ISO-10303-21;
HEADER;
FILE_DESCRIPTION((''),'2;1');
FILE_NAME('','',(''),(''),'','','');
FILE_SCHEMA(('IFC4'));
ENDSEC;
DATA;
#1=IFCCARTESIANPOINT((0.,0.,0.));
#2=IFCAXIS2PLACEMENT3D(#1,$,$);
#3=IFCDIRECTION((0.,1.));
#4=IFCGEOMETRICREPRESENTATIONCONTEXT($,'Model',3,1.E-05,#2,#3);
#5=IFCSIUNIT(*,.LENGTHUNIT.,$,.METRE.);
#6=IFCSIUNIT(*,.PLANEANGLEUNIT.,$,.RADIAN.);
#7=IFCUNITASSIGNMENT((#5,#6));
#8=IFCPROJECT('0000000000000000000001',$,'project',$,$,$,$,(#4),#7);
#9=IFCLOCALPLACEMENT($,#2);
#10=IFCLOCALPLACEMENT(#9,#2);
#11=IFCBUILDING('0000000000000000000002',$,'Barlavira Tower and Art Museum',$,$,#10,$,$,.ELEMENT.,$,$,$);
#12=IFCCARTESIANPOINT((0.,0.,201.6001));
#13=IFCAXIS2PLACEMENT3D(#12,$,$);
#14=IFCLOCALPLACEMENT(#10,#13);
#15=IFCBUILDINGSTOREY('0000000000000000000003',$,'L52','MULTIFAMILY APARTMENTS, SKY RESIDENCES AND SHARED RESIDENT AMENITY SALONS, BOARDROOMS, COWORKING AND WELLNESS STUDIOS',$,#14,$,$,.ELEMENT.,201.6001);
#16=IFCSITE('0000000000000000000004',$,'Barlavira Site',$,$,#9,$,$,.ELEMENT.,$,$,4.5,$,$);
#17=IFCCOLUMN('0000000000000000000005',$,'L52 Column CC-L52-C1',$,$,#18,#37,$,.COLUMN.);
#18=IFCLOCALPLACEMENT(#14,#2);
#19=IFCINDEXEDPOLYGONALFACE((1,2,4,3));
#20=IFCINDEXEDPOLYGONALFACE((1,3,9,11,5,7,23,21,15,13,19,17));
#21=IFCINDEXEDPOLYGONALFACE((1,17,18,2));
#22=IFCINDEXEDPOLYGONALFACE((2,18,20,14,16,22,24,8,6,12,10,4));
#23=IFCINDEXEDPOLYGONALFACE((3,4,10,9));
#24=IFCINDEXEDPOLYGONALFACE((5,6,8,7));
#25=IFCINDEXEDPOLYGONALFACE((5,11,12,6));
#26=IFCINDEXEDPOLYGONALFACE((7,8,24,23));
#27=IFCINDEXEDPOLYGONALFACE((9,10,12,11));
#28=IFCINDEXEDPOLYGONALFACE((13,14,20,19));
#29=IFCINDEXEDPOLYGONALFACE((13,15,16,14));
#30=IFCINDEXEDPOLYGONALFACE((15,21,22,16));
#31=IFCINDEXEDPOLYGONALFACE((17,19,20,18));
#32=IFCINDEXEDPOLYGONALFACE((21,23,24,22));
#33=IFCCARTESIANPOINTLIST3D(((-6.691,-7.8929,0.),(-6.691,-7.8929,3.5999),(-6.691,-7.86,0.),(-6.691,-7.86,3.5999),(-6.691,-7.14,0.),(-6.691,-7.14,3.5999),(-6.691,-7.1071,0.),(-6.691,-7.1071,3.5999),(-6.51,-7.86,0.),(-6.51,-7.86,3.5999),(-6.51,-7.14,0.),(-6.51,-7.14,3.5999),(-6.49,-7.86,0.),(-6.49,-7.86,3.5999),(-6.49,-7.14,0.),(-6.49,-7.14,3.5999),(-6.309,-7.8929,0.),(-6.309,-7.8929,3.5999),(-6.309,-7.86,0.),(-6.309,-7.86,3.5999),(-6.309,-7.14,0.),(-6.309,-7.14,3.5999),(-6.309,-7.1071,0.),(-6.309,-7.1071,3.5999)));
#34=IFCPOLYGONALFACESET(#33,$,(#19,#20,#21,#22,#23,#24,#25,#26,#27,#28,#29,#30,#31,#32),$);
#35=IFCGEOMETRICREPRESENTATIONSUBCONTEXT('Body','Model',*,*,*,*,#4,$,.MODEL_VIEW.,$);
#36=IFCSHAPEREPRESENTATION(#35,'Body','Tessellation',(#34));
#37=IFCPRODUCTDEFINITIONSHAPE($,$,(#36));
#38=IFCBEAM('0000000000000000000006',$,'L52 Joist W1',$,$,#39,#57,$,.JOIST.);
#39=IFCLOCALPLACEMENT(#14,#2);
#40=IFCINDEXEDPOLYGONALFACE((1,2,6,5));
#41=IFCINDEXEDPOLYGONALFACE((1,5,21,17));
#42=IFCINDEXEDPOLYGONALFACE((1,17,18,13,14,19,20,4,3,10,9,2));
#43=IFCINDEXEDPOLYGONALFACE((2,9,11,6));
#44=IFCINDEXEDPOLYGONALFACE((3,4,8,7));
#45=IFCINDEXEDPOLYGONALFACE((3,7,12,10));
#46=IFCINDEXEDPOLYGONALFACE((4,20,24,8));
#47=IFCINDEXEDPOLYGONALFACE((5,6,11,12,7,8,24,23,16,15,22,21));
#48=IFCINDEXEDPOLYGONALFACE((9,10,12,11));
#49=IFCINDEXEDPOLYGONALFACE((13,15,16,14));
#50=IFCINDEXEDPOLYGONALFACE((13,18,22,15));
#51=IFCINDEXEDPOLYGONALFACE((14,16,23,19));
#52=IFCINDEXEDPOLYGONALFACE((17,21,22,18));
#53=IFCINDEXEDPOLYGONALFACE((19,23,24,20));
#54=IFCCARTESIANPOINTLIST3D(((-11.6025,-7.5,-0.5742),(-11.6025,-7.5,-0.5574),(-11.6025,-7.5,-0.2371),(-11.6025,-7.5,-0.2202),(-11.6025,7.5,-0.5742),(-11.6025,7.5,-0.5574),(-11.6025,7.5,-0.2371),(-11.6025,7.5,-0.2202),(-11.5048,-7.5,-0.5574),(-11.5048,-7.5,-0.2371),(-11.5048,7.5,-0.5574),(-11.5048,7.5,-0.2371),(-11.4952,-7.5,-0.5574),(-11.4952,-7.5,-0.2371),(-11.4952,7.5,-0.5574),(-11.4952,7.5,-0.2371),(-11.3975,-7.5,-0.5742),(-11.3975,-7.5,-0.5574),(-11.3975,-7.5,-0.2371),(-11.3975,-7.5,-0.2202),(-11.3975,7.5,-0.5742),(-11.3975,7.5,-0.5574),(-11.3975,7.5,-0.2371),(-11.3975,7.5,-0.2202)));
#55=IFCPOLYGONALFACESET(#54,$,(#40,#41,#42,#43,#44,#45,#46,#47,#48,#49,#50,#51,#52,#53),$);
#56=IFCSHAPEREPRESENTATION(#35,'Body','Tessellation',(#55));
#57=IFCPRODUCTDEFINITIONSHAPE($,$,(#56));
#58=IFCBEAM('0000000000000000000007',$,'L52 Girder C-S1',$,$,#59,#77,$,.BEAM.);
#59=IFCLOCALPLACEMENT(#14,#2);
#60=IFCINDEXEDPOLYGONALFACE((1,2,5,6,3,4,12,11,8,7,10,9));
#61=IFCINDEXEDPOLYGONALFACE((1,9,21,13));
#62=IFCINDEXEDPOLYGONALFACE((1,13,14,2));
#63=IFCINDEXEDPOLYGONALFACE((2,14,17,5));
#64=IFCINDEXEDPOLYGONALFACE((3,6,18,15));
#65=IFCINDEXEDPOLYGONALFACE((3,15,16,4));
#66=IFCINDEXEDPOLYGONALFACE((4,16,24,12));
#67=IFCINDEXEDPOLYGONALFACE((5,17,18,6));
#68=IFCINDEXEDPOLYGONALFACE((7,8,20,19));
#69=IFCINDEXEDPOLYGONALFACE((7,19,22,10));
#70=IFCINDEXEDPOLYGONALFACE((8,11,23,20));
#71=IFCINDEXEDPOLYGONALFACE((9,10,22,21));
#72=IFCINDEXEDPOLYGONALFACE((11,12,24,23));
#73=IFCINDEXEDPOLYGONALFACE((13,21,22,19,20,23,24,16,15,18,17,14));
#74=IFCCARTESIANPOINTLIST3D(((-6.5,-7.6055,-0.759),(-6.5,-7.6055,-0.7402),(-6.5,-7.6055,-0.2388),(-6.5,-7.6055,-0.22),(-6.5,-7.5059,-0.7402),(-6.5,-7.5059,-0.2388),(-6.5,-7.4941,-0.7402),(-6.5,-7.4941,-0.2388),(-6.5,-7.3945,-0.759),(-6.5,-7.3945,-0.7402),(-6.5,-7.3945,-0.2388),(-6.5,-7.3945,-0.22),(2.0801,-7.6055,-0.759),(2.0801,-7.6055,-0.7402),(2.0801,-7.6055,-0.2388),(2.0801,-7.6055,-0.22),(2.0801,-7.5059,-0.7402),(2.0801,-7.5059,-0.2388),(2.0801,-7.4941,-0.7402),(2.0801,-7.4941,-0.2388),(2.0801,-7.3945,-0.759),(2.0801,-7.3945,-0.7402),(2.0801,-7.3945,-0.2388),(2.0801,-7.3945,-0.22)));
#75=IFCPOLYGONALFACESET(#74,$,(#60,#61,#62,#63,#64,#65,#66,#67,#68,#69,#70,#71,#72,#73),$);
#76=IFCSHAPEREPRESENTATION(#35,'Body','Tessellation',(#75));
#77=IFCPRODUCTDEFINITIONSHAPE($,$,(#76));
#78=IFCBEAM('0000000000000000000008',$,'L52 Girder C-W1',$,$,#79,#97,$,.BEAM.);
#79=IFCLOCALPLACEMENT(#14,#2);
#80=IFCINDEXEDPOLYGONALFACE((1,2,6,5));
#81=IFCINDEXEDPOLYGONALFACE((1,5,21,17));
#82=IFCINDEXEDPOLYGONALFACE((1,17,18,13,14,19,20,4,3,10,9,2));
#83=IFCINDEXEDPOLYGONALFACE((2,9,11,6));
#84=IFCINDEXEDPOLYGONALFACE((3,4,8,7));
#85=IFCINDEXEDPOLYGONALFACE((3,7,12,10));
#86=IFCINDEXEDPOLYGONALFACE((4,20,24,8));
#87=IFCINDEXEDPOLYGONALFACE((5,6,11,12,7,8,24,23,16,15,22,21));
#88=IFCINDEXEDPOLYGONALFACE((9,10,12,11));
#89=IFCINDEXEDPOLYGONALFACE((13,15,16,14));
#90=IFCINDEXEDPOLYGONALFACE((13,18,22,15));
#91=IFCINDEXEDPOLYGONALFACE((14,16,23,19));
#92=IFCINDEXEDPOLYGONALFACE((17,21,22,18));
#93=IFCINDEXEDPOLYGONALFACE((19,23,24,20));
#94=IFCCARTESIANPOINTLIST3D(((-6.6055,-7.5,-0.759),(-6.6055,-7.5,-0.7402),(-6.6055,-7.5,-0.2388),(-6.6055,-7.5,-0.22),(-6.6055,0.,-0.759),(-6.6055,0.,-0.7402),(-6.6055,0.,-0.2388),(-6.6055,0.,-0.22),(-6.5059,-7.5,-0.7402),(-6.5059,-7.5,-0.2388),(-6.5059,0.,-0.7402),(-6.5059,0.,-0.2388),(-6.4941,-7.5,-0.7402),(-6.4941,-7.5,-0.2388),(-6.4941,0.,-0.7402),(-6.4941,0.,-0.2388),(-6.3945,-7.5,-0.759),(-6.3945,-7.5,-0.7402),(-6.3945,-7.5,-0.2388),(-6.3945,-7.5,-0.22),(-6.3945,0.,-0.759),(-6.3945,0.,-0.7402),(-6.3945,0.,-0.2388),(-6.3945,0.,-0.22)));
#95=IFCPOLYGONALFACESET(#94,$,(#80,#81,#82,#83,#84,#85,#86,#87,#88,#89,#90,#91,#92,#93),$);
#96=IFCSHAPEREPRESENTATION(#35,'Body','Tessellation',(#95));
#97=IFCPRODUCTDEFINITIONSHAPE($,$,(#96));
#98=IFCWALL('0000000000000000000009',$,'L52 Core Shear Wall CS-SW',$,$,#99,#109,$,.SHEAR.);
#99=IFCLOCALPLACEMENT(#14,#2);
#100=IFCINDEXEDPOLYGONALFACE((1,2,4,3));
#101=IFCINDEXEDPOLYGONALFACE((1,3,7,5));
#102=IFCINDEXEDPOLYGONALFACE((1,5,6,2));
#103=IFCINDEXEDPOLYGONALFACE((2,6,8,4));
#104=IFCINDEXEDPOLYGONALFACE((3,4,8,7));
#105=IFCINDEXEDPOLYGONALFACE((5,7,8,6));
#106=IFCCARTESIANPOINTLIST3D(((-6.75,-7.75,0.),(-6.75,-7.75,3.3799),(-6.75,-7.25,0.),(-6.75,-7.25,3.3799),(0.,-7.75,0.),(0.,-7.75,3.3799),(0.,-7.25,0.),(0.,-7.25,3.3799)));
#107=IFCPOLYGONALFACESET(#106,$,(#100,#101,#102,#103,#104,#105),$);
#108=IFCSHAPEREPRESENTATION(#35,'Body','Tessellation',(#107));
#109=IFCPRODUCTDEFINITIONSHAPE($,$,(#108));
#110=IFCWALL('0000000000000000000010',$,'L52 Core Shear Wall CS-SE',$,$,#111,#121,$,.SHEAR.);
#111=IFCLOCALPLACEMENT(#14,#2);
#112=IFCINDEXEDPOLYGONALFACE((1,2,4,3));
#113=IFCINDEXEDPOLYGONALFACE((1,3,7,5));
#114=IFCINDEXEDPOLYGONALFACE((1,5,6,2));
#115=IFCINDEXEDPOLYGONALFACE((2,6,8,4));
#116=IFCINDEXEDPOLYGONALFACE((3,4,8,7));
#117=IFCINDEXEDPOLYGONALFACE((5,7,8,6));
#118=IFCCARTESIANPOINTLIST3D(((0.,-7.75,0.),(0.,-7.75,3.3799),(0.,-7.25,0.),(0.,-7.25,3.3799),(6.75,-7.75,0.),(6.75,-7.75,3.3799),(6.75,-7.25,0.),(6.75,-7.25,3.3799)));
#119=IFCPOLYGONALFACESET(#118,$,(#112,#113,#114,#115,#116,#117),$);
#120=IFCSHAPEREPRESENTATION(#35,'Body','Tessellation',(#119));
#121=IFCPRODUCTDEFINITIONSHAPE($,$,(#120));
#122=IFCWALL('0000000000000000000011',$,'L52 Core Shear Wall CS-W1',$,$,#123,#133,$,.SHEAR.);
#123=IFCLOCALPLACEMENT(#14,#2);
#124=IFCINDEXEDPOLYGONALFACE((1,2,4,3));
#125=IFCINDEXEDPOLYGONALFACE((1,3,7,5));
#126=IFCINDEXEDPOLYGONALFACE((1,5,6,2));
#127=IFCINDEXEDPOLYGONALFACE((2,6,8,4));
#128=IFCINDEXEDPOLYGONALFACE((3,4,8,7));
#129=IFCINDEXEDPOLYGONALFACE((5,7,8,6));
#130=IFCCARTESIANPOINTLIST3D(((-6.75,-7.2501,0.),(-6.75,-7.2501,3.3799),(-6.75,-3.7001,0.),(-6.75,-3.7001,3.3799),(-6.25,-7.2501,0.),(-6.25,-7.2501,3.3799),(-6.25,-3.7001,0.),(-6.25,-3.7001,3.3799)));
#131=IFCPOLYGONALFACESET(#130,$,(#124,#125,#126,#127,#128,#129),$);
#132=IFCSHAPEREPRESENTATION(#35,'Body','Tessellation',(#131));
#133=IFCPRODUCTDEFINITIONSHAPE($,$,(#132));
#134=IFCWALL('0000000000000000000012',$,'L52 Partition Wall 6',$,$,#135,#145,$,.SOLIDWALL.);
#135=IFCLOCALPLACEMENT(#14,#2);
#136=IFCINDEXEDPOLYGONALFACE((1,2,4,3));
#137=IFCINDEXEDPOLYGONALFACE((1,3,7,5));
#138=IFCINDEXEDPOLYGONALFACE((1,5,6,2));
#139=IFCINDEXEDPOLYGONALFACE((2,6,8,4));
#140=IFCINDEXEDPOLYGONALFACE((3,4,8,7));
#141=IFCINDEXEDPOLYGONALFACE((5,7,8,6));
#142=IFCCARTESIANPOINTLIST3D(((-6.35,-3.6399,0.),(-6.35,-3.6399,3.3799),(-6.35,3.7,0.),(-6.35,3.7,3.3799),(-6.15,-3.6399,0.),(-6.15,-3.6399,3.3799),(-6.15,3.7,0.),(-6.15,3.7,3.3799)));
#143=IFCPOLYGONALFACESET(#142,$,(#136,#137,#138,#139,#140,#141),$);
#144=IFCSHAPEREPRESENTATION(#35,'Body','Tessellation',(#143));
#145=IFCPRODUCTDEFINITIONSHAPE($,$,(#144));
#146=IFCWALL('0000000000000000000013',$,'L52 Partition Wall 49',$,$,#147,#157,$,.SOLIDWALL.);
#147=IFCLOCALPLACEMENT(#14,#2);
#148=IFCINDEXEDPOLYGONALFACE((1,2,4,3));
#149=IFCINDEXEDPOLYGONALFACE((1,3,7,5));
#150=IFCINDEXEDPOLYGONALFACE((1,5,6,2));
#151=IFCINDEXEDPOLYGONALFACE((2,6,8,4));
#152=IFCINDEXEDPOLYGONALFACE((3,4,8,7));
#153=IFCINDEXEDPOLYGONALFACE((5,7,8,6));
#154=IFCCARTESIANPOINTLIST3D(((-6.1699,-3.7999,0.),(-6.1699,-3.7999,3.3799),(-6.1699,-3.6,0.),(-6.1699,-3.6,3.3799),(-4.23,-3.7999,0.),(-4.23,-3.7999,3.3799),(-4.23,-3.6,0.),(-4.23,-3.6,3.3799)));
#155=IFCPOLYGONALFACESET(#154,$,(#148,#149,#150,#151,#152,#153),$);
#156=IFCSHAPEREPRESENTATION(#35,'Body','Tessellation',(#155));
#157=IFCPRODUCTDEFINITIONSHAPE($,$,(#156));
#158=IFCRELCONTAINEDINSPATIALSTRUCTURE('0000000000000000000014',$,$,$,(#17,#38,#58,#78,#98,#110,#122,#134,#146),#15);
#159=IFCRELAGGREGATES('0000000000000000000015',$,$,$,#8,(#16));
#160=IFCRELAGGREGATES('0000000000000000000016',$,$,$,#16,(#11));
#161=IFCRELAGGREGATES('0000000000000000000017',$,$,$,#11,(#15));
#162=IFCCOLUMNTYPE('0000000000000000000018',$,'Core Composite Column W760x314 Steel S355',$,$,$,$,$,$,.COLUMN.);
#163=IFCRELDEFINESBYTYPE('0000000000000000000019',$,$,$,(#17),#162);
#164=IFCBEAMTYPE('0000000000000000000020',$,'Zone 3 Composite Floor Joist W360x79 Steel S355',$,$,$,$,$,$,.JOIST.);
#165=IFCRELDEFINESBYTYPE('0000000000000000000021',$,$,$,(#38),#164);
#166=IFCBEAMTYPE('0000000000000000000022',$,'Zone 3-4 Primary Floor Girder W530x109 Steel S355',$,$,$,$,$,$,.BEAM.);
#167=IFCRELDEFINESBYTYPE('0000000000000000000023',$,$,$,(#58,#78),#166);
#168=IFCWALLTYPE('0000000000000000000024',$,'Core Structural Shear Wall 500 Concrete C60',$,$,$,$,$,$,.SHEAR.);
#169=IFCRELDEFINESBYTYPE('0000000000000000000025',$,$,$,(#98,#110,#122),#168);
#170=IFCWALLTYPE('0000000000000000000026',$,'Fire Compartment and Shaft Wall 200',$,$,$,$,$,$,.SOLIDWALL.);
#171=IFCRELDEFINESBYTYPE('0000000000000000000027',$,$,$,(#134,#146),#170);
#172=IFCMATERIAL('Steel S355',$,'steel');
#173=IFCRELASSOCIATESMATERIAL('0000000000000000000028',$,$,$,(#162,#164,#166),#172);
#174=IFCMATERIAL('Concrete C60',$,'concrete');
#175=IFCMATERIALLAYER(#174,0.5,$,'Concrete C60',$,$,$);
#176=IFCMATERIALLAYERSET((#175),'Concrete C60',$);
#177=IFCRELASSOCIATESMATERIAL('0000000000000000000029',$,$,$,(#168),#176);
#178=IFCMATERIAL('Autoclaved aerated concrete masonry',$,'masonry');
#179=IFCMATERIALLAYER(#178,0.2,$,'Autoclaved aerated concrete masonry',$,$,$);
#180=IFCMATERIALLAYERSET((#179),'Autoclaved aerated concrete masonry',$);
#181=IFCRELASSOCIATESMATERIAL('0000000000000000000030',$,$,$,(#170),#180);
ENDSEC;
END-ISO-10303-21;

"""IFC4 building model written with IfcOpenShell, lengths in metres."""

from ifc_helpers import new_model, si_unit, direction, frame, frame_2d, origin, origin_2d, place, context, subcontext, project, spatial, rectangle, i_section, extrude, material, layer, layer_set, material_profile, profile_set, type_object, element, save


model = new_model("IFC4")

# Units and contexts
model_context = context("Model", 3, precision=1e-05, world=origin(), true_north=direction((0.0, 1.0)))
body_context = subcontext(model_context, "Body", "Model", "MODEL_VIEW")
ifc_project = project(units=[si_unit("LENGTHUNIT", "METRE"), si_unit("PLANEANGLEUNIT", "RADIAN")], contexts=[model_context])

# Site, building, storey
site_placement = place(None, origin())
site = spatial("IfcSite", under=ifc_project, at=site_placement, Name="Barlavira Site", CompositionType="ELEMENT", RefElevation=4.5)
building_placement = place(site_placement, origin())
building = spatial("IfcBuilding", under=site, at=building_placement, Name="Barlavira Tower and Art Museum", CompositionType="ELEMENT")
storey_placement = place(building_placement, frame((0.0, 0.0, 201.6001)))
storey = spatial("IfcBuildingStorey", under=building, at=storey_placement, Name="L52", Description="MULTIFAMILY APARTMENTS, SKY RESIDENCES AND SHARED RESIDENT AMENITY SALONS, BOARDROOMS, COWORKING AND WELLNESS STUDIOS", CompositionType="ELEMENT", Elevation=201.6001)

# Column
ifc_material_1 = material(Name="Steel S355", Category="steel")
ifc_material_profile_1 = material_profile(ifc_material_1, i_section(OverallWidth=0.3821, OverallDepth=0.7859, WebThickness=0.02, FlangeThickness=0.033, at=origin_2d()), Name="W760x314.0")
ifc_profile_set_1 = profile_set([ifc_material_profile_1], Name="Steel S355")
column_type = type_object("IfcColumnType", Name="Core Composite Column W760x314 Steel S355", PredefinedType="COLUMN", material=ifc_profile_set_1)
column_placement = place(storey_placement, frame((-6.5, -7.5, 0.0), z_axis=(0.0, 0.0, 1.0), x_axis=(1.0, 0.0, 0.0)))
element("IfcColumn", 1, at=column_placement, inside=storey, type_object=column_type, Name="L52 Column CC-L52-C1", PredefinedType="COLUMN", context=body_context, shape_type="SweptSolid", body=[
    extrude(i_section(OverallWidth=0.3821, OverallDepth=0.7859, WebThickness=0.02, FlangeThickness=0.033, at=origin_2d()), origin(), (0.0, 0.0, 1.0), 3.5999),
])

# Beams
ifc_material_profile_2 = material_profile(ifc_material_1, i_section(OverallWidth=0.2051, OverallDepth=0.354, WebThickness=0.0095, FlangeThickness=0.0168, at=origin_2d()), Name="W360x79.0")
ifc_profile_set_2 = profile_set([ifc_material_profile_2], Name="Steel S355")
beam_type_1 = type_object("IfcBeamType", Name="Zone 3 Composite Floor Joist W360x79 Steel S355", PredefinedType="JOIST", material=ifc_profile_set_2)
beam_1_placement = place(storey_placement, frame((-11.5, -7.5, -0.3972), z_axis=(0.0, 1.0, 0.0), x_axis=(-1.0, 0.0, 0.0)))
element("IfcBeam", 2, at=beam_1_placement, inside=storey, type_object=beam_type_1, Name="L52 Joist W1", PredefinedType="JOIST", context=body_context, shape_type="SweptSolid", body=[
    extrude(i_section(OverallWidth=0.2051, OverallDepth=0.354, WebThickness=0.0095, FlangeThickness=0.0168, at=origin_2d()), origin(), (0.0, 0.0, 1.0), 15.0),
])
ifc_material_profile_3 = material_profile(ifc_material_1, i_section(OverallWidth=0.2109, OverallDepth=0.5391, WebThickness=0.0117, FlangeThickness=0.0188, at=origin_2d()), Name="W530x109.0")
ifc_profile_set_3 = profile_set([ifc_material_profile_3], Name="Steel S355")
beam_type_2 = type_object("IfcBeamType", Name="Zone 3-4 Primary Floor Girder W530x109 Steel S355", PredefinedType="BEAM", material=ifc_profile_set_3)
beam_2_placement = place(storey_placement, frame((-6.5, -7.5, -0.4895), z_axis=(1.0, 0.0, 0.0), x_axis=(0.0, 1.0, 0.0)))
element("IfcBeam", 3, at=beam_2_placement, inside=storey, type_object=beam_type_2, Name="L52 Girder C-S1", PredefinedType="BEAM", context=body_context, shape_type="SweptSolid", body=[
    extrude(i_section(OverallWidth=0.2109, OverallDepth=0.5391, WebThickness=0.0117, FlangeThickness=0.0188, at=origin_2d()), origin(), (0.0, 0.0, 1.0), 8.5801),
])
beam_3_placement = place(storey_placement, frame((-6.5, -7.5, -0.4895), z_axis=(0.0, 1.0, 0.0), x_axis=(-1.0, 0.0, 0.0)))
element("IfcBeam", 4, at=beam_3_placement, inside=storey, type_object=beam_type_2, Name="L52 Girder C-W1", PredefinedType="BEAM", context=body_context, shape_type="SweptSolid", body=[
    extrude(i_section(OverallWidth=0.2109, OverallDepth=0.5391, WebThickness=0.0117, FlangeThickness=0.0188, at=origin_2d()), origin(), (0.0, 0.0, 1.0), 7.5),
])

# Walls
ifc_material_2 = material(Name="Concrete C60", Category="concrete")
ifc_layer_1 = layer(ifc_material_2, 0.5, Name="Concrete C60")
ifc_layer_set_1 = layer_set([ifc_layer_1], Name="Concrete C60")
wall_type_1 = type_object("IfcWallType", Name="Core Structural Shear Wall 500 Concrete C60", PredefinedType="SHEAR", material=ifc_layer_set_1)
for number, where, z_axis, x_axis, name in (
    (5, (-6.75, -7.5, 0.0), (0.0, 0.0, 1.0), (1.0, 0.0, 0.0), "L52 Core Shear Wall CS-SW"),
    (6, (0.0, -7.5, 0.0), (0.0, 0.0, 1.0), (1.0, 0.0, 0.0), "L52 Core Shear Wall CS-SE"),
):
    element("IfcWall", number, at=place(storey_placement, frame(where, z_axis=z_axis, x_axis=x_axis)), inside=storey, type_object=wall_type_1, Name=name, PredefinedType="SHEAR", context=body_context, shape_type="SweptSolid", body=[
        extrude(rectangle(XDim=6.75, YDim=0.5, at=frame_2d((3.375, 0.0))), origin(), (0.0, 0.0, 1.0), 3.3799),
    ])
wall_1_placement = place(storey_placement, frame((-6.5, -7.25, 0.0), z_axis=(0.0, 0.0, 1.0), x_axis=(0.0, 1.0, 0.0)))
element("IfcWall", 7, at=wall_1_placement, inside=storey, type_object=wall_type_1, Name="L52 Core Shear Wall CS-W1", PredefinedType="SHEAR", context=body_context, shape_type="SweptSolid", body=[
    extrude(rectangle(XDim=3.55, YDim=0.5, at=frame_2d((1.7749, 0.0))), origin(), (0.0, 0.0, 1.0), 3.3799),
])
ifc_material_3 = material(Name="Autoclaved aerated concrete masonry", Category="masonry")
ifc_layer_2 = layer(ifc_material_3, 0.2, Name="Autoclaved aerated concrete masonry")
ifc_layer_set_2 = layer_set([ifc_layer_2], Name="Autoclaved aerated concrete masonry")
wall_type_2 = type_object("IfcWallType", Name="Fire Compartment and Shaft Wall 200", PredefinedType="SOLIDWALL", material=ifc_layer_set_2)
wall_2_placement = place(storey_placement, frame((-6.25, -3.6399, 0.0), z_axis=(0.0, 0.0, 1.0), x_axis=(0.0, 1.0, 0.0)))
element("IfcWall", 8, at=wall_2_placement, inside=storey, type_object=wall_type_2, Name="L52 Partition Wall 6", PredefinedType="SOLIDWALL", context=body_context, shape_type="SweptSolid", body=[
    extrude(rectangle(XDim=7.3398, YDim=0.2, at=frame_2d((3.6699, 0.0))), origin(), (0.0, 0.0, 1.0), 3.3799),
])

# Wall
wall_3_placement = place(storey_placement, frame((-6.1699, -3.7, 0.0), z_axis=(0.0, 0.0, 1.0), x_axis=(1.0, 0.0, 0.0)))
element("IfcWall", 9, at=wall_3_placement, inside=storey, type_object=wall_type_2, Name="L52 Partition Wall 49", PredefinedType="SOLIDWALL", context=body_context, shape_type="SweptSolid", body=[
    extrude(rectangle(XDim=1.9399, YDim=0.2, at=frame_2d((0.97, 0.0))), origin(), (0.0, 0.0, 1.0), 3.3799),
])

save(model, "model.ifc")
